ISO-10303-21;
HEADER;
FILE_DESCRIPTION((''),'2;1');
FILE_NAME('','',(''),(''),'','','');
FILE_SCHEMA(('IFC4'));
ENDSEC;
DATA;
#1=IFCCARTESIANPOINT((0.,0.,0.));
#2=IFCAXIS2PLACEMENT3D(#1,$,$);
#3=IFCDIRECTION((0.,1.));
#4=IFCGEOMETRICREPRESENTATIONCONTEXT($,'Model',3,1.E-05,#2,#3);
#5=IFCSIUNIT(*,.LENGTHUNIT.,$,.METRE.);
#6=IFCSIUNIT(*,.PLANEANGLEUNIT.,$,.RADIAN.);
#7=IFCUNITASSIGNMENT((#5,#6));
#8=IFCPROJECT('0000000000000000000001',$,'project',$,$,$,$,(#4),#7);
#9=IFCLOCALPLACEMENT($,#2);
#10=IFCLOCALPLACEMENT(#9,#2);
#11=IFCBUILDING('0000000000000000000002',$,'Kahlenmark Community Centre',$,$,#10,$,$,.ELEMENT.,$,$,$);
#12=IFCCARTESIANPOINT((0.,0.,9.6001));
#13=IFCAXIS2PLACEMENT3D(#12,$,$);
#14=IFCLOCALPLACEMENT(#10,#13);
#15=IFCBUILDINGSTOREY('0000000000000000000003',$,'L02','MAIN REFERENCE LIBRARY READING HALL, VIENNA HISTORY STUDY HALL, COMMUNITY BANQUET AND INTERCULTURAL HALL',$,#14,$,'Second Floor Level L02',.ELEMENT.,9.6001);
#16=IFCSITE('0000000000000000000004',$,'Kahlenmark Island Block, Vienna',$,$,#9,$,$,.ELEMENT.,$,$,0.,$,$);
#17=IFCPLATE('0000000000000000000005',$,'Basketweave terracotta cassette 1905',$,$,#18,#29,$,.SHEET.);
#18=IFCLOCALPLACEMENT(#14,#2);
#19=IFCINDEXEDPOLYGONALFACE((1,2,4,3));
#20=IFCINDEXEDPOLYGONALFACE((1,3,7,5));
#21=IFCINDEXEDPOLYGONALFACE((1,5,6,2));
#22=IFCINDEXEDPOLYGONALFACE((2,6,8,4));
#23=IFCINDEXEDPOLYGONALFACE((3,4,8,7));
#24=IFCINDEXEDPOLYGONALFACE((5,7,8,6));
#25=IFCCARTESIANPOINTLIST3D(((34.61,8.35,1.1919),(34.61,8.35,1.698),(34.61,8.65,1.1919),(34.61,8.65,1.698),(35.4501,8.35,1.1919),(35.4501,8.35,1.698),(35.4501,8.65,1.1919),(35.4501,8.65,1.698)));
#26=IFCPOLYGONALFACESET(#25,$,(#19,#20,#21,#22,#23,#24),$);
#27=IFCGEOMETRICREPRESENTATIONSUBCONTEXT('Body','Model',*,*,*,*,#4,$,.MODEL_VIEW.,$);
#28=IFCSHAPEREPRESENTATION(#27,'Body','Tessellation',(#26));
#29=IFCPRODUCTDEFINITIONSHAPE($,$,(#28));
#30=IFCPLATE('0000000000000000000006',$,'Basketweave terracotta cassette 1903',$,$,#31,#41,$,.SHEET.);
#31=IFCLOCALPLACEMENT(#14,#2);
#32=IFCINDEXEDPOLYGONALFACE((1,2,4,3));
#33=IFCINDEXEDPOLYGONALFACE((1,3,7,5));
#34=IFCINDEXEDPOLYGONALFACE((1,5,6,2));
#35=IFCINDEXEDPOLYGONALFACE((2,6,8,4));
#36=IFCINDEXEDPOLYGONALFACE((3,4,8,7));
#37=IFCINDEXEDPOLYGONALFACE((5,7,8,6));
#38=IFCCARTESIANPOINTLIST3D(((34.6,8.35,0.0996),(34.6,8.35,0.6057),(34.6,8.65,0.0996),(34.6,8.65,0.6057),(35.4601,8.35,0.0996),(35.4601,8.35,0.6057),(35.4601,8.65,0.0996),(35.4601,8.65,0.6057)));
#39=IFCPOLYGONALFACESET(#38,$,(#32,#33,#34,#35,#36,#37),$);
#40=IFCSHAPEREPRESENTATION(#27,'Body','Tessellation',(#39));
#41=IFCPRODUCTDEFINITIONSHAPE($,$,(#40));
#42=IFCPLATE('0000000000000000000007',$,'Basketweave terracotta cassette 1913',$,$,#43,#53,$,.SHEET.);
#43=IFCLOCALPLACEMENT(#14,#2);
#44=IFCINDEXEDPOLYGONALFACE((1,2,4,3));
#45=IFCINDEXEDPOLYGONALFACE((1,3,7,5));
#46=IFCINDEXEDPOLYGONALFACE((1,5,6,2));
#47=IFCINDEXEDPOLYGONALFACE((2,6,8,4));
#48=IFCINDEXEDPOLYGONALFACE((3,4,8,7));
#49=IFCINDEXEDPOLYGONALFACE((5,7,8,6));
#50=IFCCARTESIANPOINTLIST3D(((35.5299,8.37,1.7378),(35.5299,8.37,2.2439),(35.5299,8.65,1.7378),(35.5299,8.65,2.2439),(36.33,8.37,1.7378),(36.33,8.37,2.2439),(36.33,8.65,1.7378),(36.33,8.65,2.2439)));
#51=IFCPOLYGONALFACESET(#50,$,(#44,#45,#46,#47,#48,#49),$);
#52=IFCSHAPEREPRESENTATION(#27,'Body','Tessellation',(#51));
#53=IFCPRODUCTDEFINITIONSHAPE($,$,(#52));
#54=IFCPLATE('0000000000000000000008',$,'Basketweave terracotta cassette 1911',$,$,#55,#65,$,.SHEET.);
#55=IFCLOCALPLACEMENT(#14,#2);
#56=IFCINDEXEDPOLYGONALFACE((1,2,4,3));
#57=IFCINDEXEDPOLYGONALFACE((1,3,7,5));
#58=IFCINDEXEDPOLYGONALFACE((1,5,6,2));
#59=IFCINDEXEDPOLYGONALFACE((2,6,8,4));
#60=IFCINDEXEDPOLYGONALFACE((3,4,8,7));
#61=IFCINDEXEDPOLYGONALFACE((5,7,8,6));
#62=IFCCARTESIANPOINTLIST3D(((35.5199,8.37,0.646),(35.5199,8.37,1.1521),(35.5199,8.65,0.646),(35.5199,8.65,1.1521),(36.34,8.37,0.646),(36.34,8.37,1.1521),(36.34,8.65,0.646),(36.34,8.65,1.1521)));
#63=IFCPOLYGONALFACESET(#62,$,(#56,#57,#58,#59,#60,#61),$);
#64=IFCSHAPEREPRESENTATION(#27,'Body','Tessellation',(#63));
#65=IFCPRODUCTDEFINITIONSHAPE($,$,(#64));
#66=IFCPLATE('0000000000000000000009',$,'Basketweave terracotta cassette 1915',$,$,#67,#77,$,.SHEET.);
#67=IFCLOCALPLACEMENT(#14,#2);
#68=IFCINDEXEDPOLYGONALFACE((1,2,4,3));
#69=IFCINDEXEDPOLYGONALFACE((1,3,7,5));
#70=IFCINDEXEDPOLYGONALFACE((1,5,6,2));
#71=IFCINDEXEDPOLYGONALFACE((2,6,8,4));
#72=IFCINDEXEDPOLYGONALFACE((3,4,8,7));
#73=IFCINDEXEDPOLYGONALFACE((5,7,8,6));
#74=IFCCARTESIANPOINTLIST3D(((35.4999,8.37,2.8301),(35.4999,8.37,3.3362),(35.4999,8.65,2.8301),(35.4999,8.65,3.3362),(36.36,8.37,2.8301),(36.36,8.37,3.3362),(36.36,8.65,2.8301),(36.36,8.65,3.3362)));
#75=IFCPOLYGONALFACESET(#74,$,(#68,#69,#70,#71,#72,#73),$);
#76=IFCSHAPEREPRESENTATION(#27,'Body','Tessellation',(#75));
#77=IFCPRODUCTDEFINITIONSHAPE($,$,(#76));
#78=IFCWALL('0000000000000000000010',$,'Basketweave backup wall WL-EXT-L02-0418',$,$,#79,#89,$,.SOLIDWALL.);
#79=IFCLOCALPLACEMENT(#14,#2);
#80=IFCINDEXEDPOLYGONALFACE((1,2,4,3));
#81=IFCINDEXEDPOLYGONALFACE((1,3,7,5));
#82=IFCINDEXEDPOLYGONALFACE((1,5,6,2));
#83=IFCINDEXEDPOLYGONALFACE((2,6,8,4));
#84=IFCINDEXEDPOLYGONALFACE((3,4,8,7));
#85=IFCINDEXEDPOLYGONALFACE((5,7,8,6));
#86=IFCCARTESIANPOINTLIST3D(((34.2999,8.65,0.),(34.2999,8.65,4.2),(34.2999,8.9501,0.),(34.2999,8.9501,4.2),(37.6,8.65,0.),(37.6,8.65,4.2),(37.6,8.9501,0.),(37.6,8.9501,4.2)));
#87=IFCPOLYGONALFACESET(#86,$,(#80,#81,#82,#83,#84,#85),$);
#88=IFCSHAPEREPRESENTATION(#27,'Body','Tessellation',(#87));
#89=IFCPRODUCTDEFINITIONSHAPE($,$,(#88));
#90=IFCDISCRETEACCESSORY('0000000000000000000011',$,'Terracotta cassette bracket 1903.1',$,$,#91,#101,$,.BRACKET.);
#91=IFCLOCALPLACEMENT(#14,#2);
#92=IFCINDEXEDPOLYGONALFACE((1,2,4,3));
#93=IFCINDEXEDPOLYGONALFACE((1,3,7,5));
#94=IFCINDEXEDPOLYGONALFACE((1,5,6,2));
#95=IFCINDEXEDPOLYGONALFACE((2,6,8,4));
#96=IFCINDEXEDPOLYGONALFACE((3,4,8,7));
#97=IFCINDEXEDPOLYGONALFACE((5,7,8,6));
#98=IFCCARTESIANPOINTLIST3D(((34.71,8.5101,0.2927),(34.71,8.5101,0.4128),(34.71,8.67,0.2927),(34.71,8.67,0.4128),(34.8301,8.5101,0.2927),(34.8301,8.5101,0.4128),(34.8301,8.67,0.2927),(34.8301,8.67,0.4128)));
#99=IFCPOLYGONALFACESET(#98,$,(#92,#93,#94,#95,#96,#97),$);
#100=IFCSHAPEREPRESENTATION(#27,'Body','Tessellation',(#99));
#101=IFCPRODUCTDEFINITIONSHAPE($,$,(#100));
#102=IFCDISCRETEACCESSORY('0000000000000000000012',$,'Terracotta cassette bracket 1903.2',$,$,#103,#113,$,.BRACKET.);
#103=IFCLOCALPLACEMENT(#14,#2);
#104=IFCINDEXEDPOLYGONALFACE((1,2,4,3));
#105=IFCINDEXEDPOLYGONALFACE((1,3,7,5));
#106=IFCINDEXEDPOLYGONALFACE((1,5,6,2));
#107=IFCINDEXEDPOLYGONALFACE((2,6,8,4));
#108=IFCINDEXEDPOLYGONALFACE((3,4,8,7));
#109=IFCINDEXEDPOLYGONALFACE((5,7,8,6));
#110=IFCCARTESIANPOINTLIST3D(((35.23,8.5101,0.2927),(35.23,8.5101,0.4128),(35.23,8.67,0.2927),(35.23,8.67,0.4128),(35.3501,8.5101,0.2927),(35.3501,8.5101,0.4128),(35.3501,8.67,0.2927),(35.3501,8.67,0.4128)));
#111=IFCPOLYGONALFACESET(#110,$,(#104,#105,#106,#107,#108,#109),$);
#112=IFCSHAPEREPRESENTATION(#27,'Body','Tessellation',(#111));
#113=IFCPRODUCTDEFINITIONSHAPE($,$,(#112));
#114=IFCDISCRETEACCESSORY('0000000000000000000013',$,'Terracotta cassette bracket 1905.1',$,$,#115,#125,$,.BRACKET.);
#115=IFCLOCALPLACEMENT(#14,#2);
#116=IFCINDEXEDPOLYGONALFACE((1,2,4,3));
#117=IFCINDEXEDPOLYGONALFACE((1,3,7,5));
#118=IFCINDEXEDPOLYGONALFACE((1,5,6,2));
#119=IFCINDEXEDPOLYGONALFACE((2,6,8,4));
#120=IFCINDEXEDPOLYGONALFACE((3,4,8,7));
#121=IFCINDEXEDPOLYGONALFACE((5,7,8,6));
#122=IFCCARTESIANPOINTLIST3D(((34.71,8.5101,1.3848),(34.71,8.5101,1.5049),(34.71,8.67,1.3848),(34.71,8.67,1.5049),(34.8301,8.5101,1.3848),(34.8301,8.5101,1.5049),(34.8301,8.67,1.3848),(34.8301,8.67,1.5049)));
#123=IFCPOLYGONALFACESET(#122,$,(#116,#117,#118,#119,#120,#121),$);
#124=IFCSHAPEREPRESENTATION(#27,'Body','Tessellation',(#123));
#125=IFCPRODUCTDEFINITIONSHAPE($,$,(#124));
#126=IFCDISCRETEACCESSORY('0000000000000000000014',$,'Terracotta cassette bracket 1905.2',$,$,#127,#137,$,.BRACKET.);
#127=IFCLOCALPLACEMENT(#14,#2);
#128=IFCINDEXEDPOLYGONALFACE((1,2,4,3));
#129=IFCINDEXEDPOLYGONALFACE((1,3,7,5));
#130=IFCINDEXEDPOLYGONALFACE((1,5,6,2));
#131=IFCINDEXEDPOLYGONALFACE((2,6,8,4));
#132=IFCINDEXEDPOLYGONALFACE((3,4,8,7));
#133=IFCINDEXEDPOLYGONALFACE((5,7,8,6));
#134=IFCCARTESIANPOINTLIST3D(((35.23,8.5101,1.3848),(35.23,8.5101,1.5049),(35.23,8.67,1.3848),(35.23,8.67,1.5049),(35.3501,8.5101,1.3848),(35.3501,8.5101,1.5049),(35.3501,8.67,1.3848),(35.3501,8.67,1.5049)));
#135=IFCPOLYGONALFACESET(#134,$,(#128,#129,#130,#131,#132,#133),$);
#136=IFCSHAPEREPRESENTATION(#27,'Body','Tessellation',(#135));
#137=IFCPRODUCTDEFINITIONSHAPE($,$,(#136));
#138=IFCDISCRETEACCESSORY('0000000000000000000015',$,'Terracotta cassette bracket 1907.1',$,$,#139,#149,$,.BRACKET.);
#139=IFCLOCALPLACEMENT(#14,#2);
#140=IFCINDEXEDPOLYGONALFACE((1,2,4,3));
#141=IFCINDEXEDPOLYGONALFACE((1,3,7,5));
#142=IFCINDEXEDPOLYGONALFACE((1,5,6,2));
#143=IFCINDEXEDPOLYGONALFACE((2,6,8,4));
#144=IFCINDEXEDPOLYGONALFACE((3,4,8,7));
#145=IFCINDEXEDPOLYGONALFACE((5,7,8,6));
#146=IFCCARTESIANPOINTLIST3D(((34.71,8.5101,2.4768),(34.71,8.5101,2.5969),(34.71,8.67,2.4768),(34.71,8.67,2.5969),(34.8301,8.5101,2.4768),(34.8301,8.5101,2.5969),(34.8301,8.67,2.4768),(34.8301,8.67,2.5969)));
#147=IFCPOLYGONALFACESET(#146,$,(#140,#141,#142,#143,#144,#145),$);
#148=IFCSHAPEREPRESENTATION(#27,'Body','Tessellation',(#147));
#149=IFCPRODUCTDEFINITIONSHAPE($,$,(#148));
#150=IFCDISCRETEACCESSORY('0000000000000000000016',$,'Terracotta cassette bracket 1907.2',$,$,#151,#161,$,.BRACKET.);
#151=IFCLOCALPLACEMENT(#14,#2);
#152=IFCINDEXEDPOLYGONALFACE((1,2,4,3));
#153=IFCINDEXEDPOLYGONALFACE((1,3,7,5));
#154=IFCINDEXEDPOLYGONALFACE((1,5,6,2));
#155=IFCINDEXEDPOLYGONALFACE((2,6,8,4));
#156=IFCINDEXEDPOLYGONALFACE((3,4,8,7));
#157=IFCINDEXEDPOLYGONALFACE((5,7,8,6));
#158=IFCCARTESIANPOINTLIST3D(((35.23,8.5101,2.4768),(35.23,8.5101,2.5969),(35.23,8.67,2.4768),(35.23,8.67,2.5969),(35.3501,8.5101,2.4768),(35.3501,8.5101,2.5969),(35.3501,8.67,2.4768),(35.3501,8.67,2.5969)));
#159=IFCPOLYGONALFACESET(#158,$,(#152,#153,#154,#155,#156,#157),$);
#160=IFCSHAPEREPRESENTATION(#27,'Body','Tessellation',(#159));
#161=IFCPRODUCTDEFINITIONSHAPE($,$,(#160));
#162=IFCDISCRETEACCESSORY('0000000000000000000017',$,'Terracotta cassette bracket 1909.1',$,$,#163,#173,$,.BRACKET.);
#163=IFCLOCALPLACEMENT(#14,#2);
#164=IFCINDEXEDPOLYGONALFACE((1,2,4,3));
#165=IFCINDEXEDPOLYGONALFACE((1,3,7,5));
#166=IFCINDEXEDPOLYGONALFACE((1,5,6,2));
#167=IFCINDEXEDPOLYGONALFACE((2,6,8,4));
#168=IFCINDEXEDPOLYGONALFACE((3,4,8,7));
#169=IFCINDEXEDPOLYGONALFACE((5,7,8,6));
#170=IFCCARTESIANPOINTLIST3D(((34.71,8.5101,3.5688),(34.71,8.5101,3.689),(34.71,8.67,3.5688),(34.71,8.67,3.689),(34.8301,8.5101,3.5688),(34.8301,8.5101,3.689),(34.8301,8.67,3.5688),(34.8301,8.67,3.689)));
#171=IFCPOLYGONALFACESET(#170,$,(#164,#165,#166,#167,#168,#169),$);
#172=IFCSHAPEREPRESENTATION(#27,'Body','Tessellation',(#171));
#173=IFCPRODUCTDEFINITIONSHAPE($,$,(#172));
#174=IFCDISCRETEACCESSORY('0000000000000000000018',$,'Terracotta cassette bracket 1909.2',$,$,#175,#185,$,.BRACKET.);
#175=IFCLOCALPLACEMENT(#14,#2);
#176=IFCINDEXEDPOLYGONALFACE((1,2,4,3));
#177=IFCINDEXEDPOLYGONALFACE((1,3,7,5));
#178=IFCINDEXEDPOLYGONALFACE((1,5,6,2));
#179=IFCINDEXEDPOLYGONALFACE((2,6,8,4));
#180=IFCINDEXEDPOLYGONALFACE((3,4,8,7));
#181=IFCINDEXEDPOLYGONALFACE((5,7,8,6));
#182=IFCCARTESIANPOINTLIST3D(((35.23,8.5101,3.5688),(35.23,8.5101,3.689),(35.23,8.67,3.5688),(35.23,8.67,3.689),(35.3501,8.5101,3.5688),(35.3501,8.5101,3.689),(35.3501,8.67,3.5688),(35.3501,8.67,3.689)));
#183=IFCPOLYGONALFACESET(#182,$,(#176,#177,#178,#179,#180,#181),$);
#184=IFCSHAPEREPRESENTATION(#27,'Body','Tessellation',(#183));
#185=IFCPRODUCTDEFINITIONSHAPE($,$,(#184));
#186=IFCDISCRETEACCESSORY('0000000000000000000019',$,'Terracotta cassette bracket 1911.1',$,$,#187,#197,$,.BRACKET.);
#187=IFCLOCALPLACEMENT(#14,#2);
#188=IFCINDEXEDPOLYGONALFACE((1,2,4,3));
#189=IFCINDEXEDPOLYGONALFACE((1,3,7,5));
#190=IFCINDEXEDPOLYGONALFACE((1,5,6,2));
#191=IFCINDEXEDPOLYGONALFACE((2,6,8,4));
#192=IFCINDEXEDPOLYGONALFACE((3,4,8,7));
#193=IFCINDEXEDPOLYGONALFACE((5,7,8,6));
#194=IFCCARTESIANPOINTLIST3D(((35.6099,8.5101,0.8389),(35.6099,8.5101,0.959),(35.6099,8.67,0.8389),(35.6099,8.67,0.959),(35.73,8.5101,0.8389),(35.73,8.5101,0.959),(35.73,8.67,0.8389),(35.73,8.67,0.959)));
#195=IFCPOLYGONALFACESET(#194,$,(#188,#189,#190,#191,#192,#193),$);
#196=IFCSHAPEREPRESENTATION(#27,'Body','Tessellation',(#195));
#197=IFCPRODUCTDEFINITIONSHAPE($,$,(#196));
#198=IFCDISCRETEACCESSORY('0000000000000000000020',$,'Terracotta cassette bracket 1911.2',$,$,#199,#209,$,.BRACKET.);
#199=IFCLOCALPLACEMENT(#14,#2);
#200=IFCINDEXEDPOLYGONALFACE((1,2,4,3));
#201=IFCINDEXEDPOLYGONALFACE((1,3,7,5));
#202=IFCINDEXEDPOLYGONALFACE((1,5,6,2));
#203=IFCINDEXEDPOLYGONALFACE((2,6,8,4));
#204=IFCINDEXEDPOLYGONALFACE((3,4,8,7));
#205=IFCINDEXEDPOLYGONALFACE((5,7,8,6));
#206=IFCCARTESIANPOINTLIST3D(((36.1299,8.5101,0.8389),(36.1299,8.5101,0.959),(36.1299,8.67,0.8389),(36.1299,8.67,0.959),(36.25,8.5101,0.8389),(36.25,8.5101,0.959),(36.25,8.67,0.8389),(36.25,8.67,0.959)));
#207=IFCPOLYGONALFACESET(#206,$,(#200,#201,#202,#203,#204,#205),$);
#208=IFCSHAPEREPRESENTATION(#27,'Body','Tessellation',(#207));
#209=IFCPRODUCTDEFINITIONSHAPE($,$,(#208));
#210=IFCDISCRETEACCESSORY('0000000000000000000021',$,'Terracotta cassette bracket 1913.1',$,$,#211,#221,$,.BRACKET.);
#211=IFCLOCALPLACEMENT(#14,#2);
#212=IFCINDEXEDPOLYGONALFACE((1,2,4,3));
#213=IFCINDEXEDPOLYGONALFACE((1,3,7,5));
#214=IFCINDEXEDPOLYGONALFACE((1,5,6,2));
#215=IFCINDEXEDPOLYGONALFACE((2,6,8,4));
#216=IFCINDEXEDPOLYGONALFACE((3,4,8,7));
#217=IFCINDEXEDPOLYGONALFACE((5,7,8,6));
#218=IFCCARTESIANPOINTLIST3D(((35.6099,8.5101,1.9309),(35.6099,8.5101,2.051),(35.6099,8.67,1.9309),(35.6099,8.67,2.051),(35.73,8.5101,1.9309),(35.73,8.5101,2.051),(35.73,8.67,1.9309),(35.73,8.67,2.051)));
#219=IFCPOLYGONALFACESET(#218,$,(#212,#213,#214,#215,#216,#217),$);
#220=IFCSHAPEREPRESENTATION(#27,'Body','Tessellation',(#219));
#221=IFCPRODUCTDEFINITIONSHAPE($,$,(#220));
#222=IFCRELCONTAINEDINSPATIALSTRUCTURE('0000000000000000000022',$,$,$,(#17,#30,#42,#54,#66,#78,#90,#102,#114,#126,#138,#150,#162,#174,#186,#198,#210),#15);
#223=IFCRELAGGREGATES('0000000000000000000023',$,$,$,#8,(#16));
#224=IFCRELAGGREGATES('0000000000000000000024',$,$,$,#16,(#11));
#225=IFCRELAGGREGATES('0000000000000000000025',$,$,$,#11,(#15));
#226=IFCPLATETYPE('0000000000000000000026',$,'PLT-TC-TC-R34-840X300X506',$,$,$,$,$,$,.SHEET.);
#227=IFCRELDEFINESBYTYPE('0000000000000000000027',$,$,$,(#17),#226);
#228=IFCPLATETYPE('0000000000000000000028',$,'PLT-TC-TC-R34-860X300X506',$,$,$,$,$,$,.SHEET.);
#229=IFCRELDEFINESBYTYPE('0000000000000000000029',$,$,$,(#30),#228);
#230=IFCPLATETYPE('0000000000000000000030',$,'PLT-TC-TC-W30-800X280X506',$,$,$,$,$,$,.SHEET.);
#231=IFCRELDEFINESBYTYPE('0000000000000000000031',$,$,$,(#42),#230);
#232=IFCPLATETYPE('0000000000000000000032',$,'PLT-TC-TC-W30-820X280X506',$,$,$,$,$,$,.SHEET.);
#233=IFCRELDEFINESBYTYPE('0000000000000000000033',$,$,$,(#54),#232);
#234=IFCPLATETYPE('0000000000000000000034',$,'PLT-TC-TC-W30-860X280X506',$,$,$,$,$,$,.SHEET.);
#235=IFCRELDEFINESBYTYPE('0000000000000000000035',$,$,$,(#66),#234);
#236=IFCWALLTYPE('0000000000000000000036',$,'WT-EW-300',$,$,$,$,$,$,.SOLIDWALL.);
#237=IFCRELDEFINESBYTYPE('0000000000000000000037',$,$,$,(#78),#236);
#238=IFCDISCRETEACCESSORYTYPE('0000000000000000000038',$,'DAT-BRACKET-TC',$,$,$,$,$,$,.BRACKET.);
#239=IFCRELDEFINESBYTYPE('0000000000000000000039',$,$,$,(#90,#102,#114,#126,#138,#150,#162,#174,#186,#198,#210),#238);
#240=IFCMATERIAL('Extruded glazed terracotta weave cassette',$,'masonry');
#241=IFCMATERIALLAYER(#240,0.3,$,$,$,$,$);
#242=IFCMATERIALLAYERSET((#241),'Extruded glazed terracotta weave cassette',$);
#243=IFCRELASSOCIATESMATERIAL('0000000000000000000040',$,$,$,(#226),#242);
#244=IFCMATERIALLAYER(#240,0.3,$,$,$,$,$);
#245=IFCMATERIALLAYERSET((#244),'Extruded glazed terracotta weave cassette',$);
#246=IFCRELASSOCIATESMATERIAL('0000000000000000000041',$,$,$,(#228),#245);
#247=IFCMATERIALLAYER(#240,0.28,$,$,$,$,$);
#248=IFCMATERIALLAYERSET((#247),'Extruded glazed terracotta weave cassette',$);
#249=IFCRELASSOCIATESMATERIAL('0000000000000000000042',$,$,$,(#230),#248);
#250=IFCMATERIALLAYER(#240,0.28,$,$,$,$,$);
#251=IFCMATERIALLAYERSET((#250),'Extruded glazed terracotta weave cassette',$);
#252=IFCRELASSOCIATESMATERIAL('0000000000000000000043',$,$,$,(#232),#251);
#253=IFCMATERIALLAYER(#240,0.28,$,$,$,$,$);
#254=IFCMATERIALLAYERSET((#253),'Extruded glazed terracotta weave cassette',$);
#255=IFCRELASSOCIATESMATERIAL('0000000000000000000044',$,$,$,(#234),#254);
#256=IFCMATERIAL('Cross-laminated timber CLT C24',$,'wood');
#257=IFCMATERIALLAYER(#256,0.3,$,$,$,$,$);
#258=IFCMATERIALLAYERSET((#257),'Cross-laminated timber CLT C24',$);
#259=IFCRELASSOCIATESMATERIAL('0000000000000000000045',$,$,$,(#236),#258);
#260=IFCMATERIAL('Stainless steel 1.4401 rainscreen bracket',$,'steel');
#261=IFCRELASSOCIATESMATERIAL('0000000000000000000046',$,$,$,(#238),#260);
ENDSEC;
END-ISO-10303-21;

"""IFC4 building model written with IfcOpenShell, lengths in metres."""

from ifc_helpers import new_model, si_unit, direction, frame, frame_2d, origin, origin_2d, place, context, subcontext, project, spatial, rectangle, extrude, material, layer, layer_set, type_object, element, save


model = new_model("IFC4")

# Units and contexts
model_context = context("Model", 3, precision=1e-05, world=origin(), true_north=direction((0.0, 1.0)))
body_context = subcontext(model_context, "Body", "Model", "MODEL_VIEW")
ifc_project = project(units=[si_unit("LENGTHUNIT", "METRE"), si_unit("PLANEANGLEUNIT", "RADIAN")], contexts=[model_context])

# Site, building, storey
site_placement = place(None, origin())
site = spatial("IfcSite", under=ifc_project, at=site_placement, Name="Kahlenmark Island Block, Vienna", CompositionType="ELEMENT", RefElevation=0.0)
building_placement = place(site_placement, origin())
building = spatial("IfcBuilding", under=site, at=building_placement, Name="Kahlenmark Community Centre", CompositionType="ELEMENT")
storey_placement = place(building_placement, frame((0.0, 0.0, 9.6001)))
storey = spatial("IfcBuildingStorey", under=building, at=storey_placement, Name="L02", Description="MAIN REFERENCE LIBRARY READING HALL, VIENNA HISTORY STUDY HALL, COMMUNITY BANQUET AND INTERCULTURAL HALL", LongName="Second Floor Level L02", CompositionType="ELEMENT", Elevation=9.6001)

# Plates
ifc_material_1 = material(Name="Extruded glazed terracotta weave cassette", Category="masonry")
ifc_layer_1 = layer(ifc_material_1, 0.3)
ifc_layer_set_1 = layer_set([ifc_layer_1], Name="Extruded glazed terracotta weave cassette")
plate_type_1 = type_object("IfcPlateType", Name="PLT-TC-TC-R34-840X300X506", PredefinedType="SHEET", material=ifc_layer_set_1)
plate_1_placement = place(storey_placement, frame((35.03, 8.5, 1.1919), z_axis=(0.0, 0.0, 1.0), x_axis=(1.0, 0.0, 0.0)))
element("IfcPlate", 1, at=plate_1_placement, inside=storey, type_object=plate_type_1, Name="Basketweave terracotta cassette 1905", PredefinedType="SHEET", context=body_context, shape_type="SweptSolid", body=[
    extrude(rectangle(XDim=0.8401, YDim=0.3, at=origin_2d()), origin(), (0.0, 0.0, 1.0), 0.5061),
])
ifc_layer_2 = layer(ifc_material_1, 0.3)
ifc_layer_set_2 = layer_set([ifc_layer_2], Name="Extruded glazed terracotta weave cassette")
plate_type_2 = type_object("IfcPlateType", Name="PLT-TC-TC-R34-860X300X506", PredefinedType="SHEET", material=ifc_layer_set_2)
plate_2_placement = place(storey_placement, frame((35.03, 8.5, 0.0996), z_axis=(0.0, 0.0, 1.0), x_axis=(1.0, 0.0, 0.0)))
element("IfcPlate", 2, at=plate_2_placement, inside=storey, type_object=plate_type_2, Name="Basketweave terracotta cassette 1903", PredefinedType="SHEET", context=body_context, shape_type="SweptSolid", body=[
    extrude(rectangle(XDim=0.8601, YDim=0.3, at=origin_2d()), origin(), (0.0, 0.0, 1.0), 0.5061),
])
ifc_layer_3 = layer(ifc_material_1, 0.28)
ifc_layer_set_3 = layer_set([ifc_layer_3], Name="Extruded glazed terracotta weave cassette")
plate_type_3 = type_object("IfcPlateType", Name="PLT-TC-TC-W30-800X280X506", PredefinedType="SHEET", material=ifc_layer_set_3)
plate_3_placement = place(storey_placement, frame((35.9299, 8.51, 1.7378), z_axis=(0.0, 0.0, 1.0), x_axis=(1.0, 0.0, 0.0)))
element("IfcPlate", 3, at=plate_3_placement, inside=storey, type_object=plate_type_3, Name="Basketweave terracotta cassette 1913", PredefinedType="SHEET", context=body_context, shape_type="SweptSolid", body=[
    extrude(rectangle(XDim=0.8, YDim=0.28, at=origin_2d()), origin(), (0.0, 0.0, 1.0), 0.5061),
])
ifc_layer_4 = layer(ifc_material_1, 0.28)
ifc_layer_set_4 = layer_set([ifc_layer_4], Name="Extruded glazed terracotta weave cassette")
plate_type_4 = type_object("IfcPlateType", Name="PLT-TC-TC-W30-820X280X506", PredefinedType="SHEET", material=ifc_layer_set_4)
plate_4_placement = place(storey_placement, frame((35.9299, 8.51, 0.646), z_axis=(0.0, 0.0, 1.0), x_axis=(1.0, 0.0, 0.0)))
element("IfcPlate", 4, at=plate_4_placement, inside=storey, type_object=plate_type_4, Name="Basketweave terracotta cassette 1911", PredefinedType="SHEET", context=body_context, shape_type="SweptSolid", body=[
    extrude(rectangle(XDim=0.8201, YDim=0.28, at=origin_2d()), origin(), (0.0, 0.0, 1.0), 0.5061),
])
ifc_layer_5 = layer(ifc_material_1, 0.28)
ifc_layer_set_5 = layer_set([ifc_layer_5], Name="Extruded glazed terracotta weave cassette")
plate_type_5 = type_object("IfcPlateType", Name="PLT-TC-TC-W30-860X280X506", PredefinedType="SHEET", material=ifc_layer_set_5)
plate_5_placement = place(storey_placement, frame((35.9299, 8.51, 2.8301), z_axis=(0.0, 0.0, 1.0), x_axis=(1.0, 0.0, 0.0)))
element("IfcPlate", 5, at=plate_5_placement, inside=storey, type_object=plate_type_5, Name="Basketweave terracotta cassette 1915", PredefinedType="SHEET", context=body_context, shape_type="SweptSolid", body=[
    extrude(rectangle(XDim=0.8601, YDim=0.28, at=origin_2d()), origin(), (0.0, 0.0, 1.0), 0.5061),
])

# Wall
ifc_material_2 = material(Name="Cross-laminated timber CLT C24", Category="wood")
ifc_layer_6 = layer(ifc_material_2, 0.3)
ifc_layer_set_6 = layer_set([ifc_layer_6], Name="Cross-laminated timber CLT C24")
wall_type = type_object("IfcWallType", Name="WT-EW-300", PredefinedType="SOLIDWALL", material=ifc_layer_set_6)
wall_placement = place(storey_placement, frame((34.3, 8.8, 0.0), z_axis=(0.0, 0.0, 1.0), x_axis=(1.0, 0.0, 0.0)))
element("IfcWall", 6, at=wall_placement, inside=storey, type_object=wall_type, Name="Basketweave backup wall WL-EXT-L02-0418", PredefinedType="SOLIDWALL", context=body_context, shape_type="SweptSolid", body=[
    extrude(rectangle(XDim=3.3, YDim=0.3, at=frame_2d((1.6499, 0.0))), origin(), (0.0, 0.0, 1.0), 4.2),
])

# Discrete accessories
ifc_material_3 = material(Name="Stainless steel 1.4401 rainscreen bracket", Category="steel")
discrete_accessory_type = type_object("IfcDiscreteAccessoryType", Name="DAT-BRACKET-TC", PredefinedType="BRACKET", material=ifc_material_3)
for number, where, z_axis, x_axis, name in (
    (7, (34.77, 8.5901, 0.2927), (0.0, 0.0, 1.0), (1.0, 0.0, 0.0), "Terracotta cassette bracket 1903.1"),
    (8, (35.29, 8.5901, 0.2927), (0.0, 0.0, 1.0), (1.0, 0.0, 0.0), "Terracotta cassette bracket 1903.2"),
    (9, (34.77, 8.5901, 1.3848), (0.0, 0.0, 1.0), (1.0, 0.0, 0.0), "Terracotta cassette bracket 1905.1"),
    (10, (35.29, 8.5901, 1.3848), (0.0, 0.0, 1.0), (1.0, 0.0, 0.0), "Terracotta cassette bracket 1905.2"),
    (11, (34.77, 8.5901, 2.4768), (0.0, 0.0, 1.0), (1.0, 0.0, 0.0), "Terracotta cassette bracket 1907.1"),
    (12, (35.29, 8.5901, 2.4768), (0.0, 0.0, 1.0), (1.0, 0.0, 0.0), "Terracotta cassette bracket 1907.2"),
    (13, (34.77, 8.5901, 3.5688), (0.0, 0.0, 1.0), (1.0, 0.0, 0.0), "Terracotta cassette bracket 1909.1"),
    (14, (35.29, 8.5901, 3.5688), (0.0, 0.0, 1.0), (1.0, 0.0, 0.0), "Terracotta cassette bracket 1909.2"),
    (15, (35.6699, 8.5901, 0.8389), (0.0, 0.0, 1.0), (1.0, 0.0, 0.0), "Terracotta cassette bracket 1911.1"),
    (16, (36.1899, 8.5901, 0.8389), (0.0, 0.0, 1.0), (1.0, 0.0, 0.0), "Terracotta cassette bracket 1911.2"),
    (17, (35.6699, 8.5901, 1.9309), (0.0, 0.0, 1.0), (1.0, 0.0, 0.0), "Terracotta cassette bracket 1913.1"),
):
    element("IfcDiscreteAccessory", number, at=place(storey_placement, frame(where, z_axis=z_axis, x_axis=x_axis)), inside=storey, type_object=discrete_accessory_type, Name=name, PredefinedType="BRACKET", context=body_context, shape_type="SweptSolid", body=[
        extrude(rectangle(XDim=0.1201, YDim=0.1599, at=origin_2d()), origin(), (0.0, 0.0, 1.0), 0.1201),
    ])

save(model, "model.ifc")
